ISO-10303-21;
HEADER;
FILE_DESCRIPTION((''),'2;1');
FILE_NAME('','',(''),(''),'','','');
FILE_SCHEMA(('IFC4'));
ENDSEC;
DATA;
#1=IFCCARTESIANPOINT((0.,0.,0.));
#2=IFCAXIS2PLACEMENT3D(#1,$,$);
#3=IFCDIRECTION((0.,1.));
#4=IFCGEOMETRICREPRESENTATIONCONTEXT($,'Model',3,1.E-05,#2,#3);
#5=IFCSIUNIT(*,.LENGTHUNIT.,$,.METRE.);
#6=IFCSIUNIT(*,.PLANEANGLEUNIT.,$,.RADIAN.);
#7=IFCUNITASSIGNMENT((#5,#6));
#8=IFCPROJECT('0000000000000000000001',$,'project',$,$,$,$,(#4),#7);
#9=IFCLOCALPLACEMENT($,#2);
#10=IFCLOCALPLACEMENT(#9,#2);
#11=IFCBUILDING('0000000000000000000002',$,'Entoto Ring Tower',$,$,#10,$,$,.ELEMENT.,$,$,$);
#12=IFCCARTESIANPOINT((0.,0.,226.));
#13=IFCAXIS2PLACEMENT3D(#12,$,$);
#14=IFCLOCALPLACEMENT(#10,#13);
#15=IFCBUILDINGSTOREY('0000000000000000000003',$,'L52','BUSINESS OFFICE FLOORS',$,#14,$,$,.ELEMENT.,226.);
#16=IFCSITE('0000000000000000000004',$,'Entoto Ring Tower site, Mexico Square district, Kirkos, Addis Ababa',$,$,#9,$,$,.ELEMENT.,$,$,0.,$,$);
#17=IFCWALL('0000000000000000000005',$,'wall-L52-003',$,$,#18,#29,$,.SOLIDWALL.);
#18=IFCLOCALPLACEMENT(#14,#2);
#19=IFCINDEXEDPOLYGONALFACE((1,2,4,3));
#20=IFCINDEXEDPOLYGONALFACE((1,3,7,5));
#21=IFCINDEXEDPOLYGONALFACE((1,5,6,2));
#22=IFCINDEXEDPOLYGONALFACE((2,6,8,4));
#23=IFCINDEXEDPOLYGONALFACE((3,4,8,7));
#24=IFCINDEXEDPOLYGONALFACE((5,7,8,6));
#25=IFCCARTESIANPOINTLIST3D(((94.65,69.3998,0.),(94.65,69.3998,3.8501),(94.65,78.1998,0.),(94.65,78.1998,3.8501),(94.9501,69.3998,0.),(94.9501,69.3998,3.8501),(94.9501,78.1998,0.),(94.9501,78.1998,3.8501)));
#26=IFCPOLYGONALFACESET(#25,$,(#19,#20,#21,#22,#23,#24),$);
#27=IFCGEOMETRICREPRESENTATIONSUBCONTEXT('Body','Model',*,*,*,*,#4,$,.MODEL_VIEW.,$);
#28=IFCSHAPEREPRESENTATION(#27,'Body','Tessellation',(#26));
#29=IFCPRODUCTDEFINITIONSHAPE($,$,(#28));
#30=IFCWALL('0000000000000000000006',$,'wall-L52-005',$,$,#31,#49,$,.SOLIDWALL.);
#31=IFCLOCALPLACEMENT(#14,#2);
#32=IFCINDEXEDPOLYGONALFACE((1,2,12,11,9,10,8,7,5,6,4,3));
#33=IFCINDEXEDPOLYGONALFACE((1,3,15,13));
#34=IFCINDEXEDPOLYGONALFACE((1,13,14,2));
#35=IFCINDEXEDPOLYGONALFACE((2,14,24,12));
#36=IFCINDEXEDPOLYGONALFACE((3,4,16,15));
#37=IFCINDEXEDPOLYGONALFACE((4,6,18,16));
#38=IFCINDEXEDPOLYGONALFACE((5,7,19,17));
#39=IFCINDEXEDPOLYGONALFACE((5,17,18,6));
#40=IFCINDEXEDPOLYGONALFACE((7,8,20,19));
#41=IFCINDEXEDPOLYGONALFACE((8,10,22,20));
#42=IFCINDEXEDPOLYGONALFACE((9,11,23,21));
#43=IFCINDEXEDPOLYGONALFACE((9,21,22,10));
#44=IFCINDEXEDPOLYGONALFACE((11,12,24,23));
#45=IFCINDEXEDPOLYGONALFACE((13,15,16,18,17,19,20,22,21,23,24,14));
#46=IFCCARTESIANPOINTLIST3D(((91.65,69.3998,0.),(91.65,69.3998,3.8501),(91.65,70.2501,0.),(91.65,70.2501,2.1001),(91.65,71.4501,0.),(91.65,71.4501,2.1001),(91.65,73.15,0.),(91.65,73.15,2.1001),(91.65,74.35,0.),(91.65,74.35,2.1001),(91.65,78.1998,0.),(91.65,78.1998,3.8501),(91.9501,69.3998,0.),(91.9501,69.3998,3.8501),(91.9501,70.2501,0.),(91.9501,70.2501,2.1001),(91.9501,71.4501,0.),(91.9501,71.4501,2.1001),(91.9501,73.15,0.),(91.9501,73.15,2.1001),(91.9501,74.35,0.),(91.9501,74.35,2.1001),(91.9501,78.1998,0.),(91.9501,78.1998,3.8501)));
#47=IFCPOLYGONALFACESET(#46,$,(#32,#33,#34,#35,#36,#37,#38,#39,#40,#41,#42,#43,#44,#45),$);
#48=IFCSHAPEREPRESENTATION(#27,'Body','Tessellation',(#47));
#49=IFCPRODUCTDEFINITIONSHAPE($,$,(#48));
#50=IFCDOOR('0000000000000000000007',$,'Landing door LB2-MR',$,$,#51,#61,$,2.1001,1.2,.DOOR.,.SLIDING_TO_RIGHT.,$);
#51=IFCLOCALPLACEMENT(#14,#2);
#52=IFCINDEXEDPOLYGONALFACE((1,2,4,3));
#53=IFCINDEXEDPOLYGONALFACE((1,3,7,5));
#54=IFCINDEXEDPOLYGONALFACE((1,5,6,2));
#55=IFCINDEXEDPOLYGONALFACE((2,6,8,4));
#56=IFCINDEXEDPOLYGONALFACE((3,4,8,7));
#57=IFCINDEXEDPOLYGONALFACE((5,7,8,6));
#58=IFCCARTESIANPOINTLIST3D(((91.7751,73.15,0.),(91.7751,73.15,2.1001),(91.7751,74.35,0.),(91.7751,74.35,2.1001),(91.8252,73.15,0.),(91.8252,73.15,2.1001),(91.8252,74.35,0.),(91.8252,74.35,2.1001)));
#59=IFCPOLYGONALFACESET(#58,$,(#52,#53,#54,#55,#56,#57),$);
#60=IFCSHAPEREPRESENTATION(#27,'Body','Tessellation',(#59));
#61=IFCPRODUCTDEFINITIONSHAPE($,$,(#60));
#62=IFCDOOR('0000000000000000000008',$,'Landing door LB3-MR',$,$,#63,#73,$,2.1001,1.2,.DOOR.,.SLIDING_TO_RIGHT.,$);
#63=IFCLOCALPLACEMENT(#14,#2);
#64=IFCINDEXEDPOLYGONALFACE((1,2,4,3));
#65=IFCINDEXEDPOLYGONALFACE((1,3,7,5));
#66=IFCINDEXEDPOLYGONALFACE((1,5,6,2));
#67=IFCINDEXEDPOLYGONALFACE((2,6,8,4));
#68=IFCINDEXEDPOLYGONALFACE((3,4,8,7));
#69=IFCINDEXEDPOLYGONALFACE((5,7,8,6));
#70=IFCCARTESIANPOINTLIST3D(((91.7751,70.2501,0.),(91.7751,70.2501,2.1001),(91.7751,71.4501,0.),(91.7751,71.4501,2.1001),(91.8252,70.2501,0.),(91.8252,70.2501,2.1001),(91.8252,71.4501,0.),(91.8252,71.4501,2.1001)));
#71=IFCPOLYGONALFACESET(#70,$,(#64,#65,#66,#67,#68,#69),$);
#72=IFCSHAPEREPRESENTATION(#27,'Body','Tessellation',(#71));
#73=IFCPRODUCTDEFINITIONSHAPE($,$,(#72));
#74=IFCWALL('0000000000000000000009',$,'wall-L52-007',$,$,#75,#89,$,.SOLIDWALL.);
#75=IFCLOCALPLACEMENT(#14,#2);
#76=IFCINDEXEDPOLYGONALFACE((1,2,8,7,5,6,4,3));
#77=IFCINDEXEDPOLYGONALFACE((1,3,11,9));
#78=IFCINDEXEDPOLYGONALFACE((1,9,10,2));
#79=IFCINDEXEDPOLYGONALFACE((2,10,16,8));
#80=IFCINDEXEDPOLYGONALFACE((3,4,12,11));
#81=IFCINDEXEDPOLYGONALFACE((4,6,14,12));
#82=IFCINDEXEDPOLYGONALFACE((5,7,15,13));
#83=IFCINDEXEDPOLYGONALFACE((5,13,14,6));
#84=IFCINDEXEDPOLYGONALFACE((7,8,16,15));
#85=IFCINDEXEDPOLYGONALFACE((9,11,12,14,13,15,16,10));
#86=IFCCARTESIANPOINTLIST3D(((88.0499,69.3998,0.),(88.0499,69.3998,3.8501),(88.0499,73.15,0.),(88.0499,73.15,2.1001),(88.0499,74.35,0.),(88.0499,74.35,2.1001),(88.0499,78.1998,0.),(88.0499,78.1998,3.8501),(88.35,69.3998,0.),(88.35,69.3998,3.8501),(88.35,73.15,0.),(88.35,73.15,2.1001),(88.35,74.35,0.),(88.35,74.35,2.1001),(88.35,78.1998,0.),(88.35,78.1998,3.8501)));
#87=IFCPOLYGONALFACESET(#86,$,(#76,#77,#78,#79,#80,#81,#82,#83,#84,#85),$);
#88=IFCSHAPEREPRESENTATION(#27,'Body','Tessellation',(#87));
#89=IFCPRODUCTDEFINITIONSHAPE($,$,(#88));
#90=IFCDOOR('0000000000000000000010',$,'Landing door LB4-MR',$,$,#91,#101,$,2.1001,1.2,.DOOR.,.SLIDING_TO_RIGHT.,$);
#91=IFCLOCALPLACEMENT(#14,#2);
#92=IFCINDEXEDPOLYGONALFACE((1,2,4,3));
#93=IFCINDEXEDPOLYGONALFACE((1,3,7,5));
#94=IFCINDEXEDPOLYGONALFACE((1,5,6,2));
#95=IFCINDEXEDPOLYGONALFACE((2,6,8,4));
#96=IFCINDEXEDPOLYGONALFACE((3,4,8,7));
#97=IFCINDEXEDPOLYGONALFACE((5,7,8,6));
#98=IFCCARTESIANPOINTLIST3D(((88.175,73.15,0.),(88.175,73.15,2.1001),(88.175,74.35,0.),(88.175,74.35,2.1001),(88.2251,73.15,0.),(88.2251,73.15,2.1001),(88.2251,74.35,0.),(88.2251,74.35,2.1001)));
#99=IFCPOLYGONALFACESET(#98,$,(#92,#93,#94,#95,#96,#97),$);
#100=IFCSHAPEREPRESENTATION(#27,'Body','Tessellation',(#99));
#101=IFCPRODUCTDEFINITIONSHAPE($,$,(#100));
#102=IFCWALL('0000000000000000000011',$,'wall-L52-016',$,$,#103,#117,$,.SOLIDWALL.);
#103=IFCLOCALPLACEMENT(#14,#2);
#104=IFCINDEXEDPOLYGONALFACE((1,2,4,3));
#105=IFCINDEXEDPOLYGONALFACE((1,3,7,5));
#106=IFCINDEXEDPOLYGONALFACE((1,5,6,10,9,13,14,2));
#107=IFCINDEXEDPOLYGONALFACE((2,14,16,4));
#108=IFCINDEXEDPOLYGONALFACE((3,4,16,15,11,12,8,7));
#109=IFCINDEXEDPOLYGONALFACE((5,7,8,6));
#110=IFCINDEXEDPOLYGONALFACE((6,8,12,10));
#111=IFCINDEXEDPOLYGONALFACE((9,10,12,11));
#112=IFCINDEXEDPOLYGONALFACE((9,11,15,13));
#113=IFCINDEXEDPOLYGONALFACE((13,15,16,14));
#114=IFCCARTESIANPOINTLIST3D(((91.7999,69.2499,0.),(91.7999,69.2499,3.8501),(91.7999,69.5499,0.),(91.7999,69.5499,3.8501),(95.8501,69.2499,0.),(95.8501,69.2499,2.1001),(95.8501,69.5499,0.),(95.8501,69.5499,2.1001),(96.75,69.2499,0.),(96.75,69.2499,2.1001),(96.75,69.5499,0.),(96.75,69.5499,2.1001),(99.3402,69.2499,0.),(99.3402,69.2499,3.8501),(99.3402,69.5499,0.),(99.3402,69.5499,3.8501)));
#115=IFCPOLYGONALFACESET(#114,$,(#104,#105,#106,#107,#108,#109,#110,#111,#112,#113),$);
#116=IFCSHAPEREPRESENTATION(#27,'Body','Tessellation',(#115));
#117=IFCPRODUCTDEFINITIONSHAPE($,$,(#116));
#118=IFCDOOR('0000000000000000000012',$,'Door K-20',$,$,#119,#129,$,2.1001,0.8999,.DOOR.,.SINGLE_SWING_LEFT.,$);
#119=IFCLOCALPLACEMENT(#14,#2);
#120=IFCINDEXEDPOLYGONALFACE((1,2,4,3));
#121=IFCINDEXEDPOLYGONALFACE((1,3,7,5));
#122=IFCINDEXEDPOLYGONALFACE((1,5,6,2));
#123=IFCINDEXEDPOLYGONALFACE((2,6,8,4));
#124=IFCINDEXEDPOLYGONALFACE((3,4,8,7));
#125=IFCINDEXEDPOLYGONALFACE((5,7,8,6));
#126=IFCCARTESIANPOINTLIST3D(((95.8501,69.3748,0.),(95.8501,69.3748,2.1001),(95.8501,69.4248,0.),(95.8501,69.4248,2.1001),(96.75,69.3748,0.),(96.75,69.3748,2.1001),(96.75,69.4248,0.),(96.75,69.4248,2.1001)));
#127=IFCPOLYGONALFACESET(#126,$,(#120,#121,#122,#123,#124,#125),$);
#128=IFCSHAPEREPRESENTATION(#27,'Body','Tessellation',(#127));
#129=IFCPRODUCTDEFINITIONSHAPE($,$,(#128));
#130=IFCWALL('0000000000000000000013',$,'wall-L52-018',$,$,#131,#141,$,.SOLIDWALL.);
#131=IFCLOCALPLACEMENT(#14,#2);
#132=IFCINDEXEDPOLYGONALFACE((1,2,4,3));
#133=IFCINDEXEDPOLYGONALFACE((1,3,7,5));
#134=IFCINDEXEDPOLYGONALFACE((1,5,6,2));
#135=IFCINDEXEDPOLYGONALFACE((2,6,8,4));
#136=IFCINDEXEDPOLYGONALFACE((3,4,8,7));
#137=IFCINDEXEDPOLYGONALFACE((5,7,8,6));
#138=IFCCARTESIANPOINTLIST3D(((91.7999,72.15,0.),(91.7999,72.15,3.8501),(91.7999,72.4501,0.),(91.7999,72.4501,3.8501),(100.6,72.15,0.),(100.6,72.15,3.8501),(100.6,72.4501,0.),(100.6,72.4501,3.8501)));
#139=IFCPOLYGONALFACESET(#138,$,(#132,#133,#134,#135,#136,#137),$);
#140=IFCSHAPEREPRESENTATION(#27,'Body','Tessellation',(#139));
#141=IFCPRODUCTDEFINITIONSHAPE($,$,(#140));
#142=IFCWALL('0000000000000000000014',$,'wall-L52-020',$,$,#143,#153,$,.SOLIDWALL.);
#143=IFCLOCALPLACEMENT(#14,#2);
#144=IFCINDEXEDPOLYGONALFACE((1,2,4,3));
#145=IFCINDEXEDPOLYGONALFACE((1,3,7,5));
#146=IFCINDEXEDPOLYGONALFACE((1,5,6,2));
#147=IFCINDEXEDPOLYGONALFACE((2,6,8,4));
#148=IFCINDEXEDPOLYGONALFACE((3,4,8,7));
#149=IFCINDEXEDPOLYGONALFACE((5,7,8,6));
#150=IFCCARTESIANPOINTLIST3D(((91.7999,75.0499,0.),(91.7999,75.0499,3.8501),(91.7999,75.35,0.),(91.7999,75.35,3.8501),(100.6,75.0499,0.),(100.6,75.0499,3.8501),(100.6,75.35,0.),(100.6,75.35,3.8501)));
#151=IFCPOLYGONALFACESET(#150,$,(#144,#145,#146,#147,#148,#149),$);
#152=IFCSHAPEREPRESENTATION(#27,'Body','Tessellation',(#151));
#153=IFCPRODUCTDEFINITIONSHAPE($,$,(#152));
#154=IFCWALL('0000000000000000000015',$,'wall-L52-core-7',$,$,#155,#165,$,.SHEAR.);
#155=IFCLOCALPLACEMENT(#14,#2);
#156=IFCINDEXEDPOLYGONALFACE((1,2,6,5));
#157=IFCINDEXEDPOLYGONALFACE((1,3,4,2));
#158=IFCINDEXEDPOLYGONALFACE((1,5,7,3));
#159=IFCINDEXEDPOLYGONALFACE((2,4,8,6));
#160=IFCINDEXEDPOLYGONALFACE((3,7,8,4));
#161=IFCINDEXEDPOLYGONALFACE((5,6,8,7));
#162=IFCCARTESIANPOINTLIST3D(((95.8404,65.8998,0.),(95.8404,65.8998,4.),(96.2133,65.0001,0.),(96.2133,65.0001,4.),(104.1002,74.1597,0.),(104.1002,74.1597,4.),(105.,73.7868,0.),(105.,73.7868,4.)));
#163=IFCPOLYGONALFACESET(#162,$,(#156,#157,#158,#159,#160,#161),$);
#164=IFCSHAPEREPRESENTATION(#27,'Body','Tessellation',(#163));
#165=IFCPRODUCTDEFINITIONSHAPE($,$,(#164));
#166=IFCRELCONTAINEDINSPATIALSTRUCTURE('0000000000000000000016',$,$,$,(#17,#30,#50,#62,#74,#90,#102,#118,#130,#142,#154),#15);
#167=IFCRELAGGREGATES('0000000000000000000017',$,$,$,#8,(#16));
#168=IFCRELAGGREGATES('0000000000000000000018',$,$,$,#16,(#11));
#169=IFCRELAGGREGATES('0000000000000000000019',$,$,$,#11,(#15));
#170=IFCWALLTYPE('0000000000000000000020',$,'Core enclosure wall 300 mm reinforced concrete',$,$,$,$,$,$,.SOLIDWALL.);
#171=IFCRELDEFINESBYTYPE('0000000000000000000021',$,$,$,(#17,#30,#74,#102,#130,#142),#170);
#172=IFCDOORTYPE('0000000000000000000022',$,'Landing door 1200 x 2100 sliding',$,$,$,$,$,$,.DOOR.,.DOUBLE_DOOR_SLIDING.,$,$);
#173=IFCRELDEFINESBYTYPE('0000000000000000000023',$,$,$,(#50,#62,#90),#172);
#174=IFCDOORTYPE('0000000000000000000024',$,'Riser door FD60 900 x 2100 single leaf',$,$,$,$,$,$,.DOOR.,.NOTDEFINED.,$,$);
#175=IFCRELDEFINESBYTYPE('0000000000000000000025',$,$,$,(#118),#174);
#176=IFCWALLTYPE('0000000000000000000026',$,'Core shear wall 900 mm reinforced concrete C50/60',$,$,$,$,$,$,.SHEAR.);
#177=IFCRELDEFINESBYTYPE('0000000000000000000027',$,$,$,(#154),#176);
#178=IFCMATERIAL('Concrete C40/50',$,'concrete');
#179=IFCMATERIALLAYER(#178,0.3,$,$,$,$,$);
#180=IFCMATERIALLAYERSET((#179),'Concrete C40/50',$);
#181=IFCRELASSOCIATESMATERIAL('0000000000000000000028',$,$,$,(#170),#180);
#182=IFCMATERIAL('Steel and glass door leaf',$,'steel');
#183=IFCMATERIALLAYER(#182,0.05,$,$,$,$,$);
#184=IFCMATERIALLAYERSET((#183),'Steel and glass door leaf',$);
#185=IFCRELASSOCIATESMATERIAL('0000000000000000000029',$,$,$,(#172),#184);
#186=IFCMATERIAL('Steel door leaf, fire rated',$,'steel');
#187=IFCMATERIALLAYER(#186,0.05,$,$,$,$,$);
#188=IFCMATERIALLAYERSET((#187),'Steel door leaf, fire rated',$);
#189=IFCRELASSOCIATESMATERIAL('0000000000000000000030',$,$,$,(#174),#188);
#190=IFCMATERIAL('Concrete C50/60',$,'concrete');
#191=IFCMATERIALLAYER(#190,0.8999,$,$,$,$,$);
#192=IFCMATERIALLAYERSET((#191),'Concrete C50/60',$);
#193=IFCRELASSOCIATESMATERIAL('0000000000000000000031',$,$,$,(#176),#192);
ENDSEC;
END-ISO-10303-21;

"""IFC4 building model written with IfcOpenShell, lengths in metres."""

from ifc_helpers import new_model, si_unit, direction, frame, frame_2d, origin, place, context, subcontext, project, spatial, polyline, rectangle, outline, extrude, material, layer, layer_set, type_object, element, fill, save


model = new_model("IFC4")

# Units and contexts
model_context = context("Model", 3, precision=1e-05, world=origin(), true_north=direction((0.0, 1.0)))
body_context = subcontext(model_context, "Body", "Model", "MODEL_VIEW")
ifc_project = project(units=[si_unit("LENGTHUNIT", "METRE"), si_unit("PLANEANGLEUNIT", "RADIAN")], contexts=[model_context])

# Site, building, storey
site_placement = place(None, origin())
site = spatial("IfcSite", under=ifc_project, at=site_placement, Name="Entoto Ring Tower site, Mexico Square district, Kirkos, Addis Ababa", CompositionType="ELEMENT", RefElevation=0.0)
building_placement = place(site_placement, origin())
building = spatial("IfcBuilding", under=site, at=building_placement, Name="Entoto Ring Tower", CompositionType="ELEMENT")
storey_placement = place(building_placement, frame((0.0, 0.0, 226.0)))
storey = spatial("IfcBuildingStorey", under=building, at=storey_placement, Name="L52", Description="BUSINESS OFFICE FLOORS", CompositionType="ELEMENT", Elevation=226.0)

# Wall
ifc_material_1 = material(Name="Concrete C40/50", Category="concrete")
ifc_layer_1 = layer(ifc_material_1, 0.3)
ifc_layer_set_1 = layer_set([ifc_layer_1], Name="Concrete C40/50")
wall_type_1 = type_object("IfcWallType", Name="Core enclosure wall 300 mm reinforced concrete", PredefinedType="SOLIDWALL", material=ifc_layer_set_1)
wall_1_placement = place(storey_placement, frame((94.8, 69.3999, 0.0), z_axis=(0.0, 0.0, 1.0), x_axis=(0.0, 1.0, 0.0)))
element("IfcWall", 1, at=wall_1_placement, inside=storey, type_object=wall_type_1, Name="wall-L52-003", PredefinedType="SOLIDWALL", context=body_context, shape_type="SweptSolid", body=[
    extrude(rectangle(XDim=8.8, YDim=0.3, at=frame_2d((4.3999, 0.0))), origin(), (0.0, 0.0, 1.0), 3.8501),
])

# Wall, openings, doors
wall_2_placement = place(storey_placement, frame((91.8, 69.3999, 0.0), z_axis=(0.0, 0.0, 1.0), x_axis=(0.0, 1.0, 0.0)))
wall_2 = element("IfcWall", 2, at=wall_2_placement, inside=storey, type_object=wall_type_1, Name="wall-L52-005", PredefinedType="SOLIDWALL", context=body_context, shape_type="SweptSolid", body=[
    extrude(rectangle(XDim=8.8, YDim=0.3, at=frame_2d((4.3999, 0.0))), origin(), (0.0, 0.0, 1.0), 3.8501),
])
opening_1_placement = place(wall_2_placement, frame((3.75, 0.0, 0.0)))
opening_1 = element("IfcOpeningElement", 3, at=opening_1_placement, cuts=wall_2, PredefinedType="OPENING", context=body_context, shape_type="SweptSolid", body=[
    extrude(rectangle(XDim=1.2, YDim=2.1001, at=frame_2d((0.6001, 1.05))), frame((0.0, 0.1602, 0.0), z_axis=(0.0, -1.0, 0.0), x_axis=(1.0, 0.0, 0.0)), (0.0, 0.0, 1.0), 0.3201),
])
opening_2_placement = place(wall_2_placement, frame((0.8501, 0.0, 0.0)))
opening_2 = element("IfcOpeningElement", 4, at=opening_2_placement, cuts=wall_2, PredefinedType="OPENING", context=body_context, shape_type="SweptSolid", body=[
    extrude(rectangle(XDim=1.2, YDim=2.1001, at=frame_2d((0.6001, 1.05))), frame((0.0, 0.1602, 0.0), z_axis=(0.0, -1.0, 0.0), x_axis=(1.0, 0.0, 0.0)), (0.0, 0.0, 1.0), 0.3201),
])
ifc_material_2 = material(Name="Steel and glass door leaf", Category="steel")
ifc_layer_2 = layer(ifc_material_2, 0.05)
ifc_layer_set_2 = layer_set([ifc_layer_2], Name="Steel and glass door leaf")
door_type_1 = type_object("IfcDoorType", Name="Landing door 1200 x 2100 sliding", OperationType="DOUBLE_DOOR_SLIDING", PredefinedType="DOOR", material=ifc_layer_set_2)
door_1_placement = place(opening_1_placement, origin())
door_1 = element("IfcDoor", 5, at=door_1_placement, inside=storey, type_object=door_type_1, Name="Landing door LB2-MR", OperationType="SLIDING_TO_RIGHT", OverallHeight=2.1001, OverallWidth=1.2, PredefinedType="DOOR", context=body_context, shape_type="SweptSolid", body=[
    extrude(rectangle(XDim=1.2, YDim=2.1001, at=frame_2d((0.6001, 1.05))), frame((0.0, 0.0249, 0.0), z_axis=(0.0, -1.0, 0.0), x_axis=(1.0, 0.0, 0.0)), (0.0, 0.0, 1.0), 0.05),
])
fill(opening_1, door_1)
door_2_placement = place(opening_2_placement, origin())
door_2 = element("IfcDoor", 6, at=door_2_placement, inside=storey, type_object=door_type_1, Name="Landing door LB3-MR", OperationType="SLIDING_TO_RIGHT", OverallHeight=2.1001, OverallWidth=1.2, PredefinedType="DOOR", context=body_context, shape_type="SweptSolid", body=[
    extrude(rectangle(XDim=1.2, YDim=2.1001, at=frame_2d((0.6001, 1.05))), frame((0.0, 0.0249, 0.0), z_axis=(0.0, -1.0, 0.0), x_axis=(1.0, 0.0, 0.0)), (0.0, 0.0, 1.0), 0.05),
])
fill(opening_2, door_2)

# Walls, openings, doors
wall_3_placement = place(storey_placement, frame((88.2, 69.3999, 0.0), z_axis=(0.0, 0.0, 1.0), x_axis=(0.0, 1.0, 0.0)))
wall_3 = element("IfcWall", 7, at=wall_3_placement, inside=storey, type_object=wall_type_1, Name="wall-L52-007", PredefinedType="SOLIDWALL", context=body_context, shape_type="SweptSolid", body=[
    extrude(rectangle(XDim=8.8, YDim=0.3, at=frame_2d((4.3999, 0.0))), origin(), (0.0, 0.0, 1.0), 3.8501),
])
opening_3_placement = place(wall_3_placement, frame((3.75, 0.0, 0.0)))
opening_3 = element("IfcOpeningElement", 8, at=opening_3_placement, cuts=wall_3, PredefinedType="OPENING", context=body_context, shape_type="SweptSolid", body=[
    extrude(rectangle(XDim=1.2, YDim=2.1001, at=frame_2d((0.6001, 1.05))), frame((0.0, 0.1602, 0.0), z_axis=(0.0, -1.0, 0.0), x_axis=(1.0, 0.0, 0.0)), (0.0, 0.0, 1.0), 0.3201),
])
door_3_placement = place(opening_3_placement, origin())
door_3 = element("IfcDoor", 9, at=door_3_placement, inside=storey, type_object=door_type_1, Name="Landing door LB4-MR", OperationType="SLIDING_TO_RIGHT", OverallHeight=2.1001, OverallWidth=1.2, PredefinedType="DOOR", context=body_context, shape_type="SweptSolid", body=[
    extrude(rectangle(XDim=1.2, YDim=2.1001, at=frame_2d((0.6001, 1.05))), frame((0.0, 0.0249, 0.0), z_axis=(0.0, -1.0, 0.0), x_axis=(1.0, 0.0, 0.0)), (0.0, 0.0, 1.0), 0.05),
])
fill(opening_3, door_3)
wall_4_placement = place(storey_placement, frame((91.8, 69.3999, 0.0), z_axis=(0.0, 0.0, 1.0), x_axis=(1.0, 0.0, 0.0)))
wall_4 = element("IfcWall", 10, at=wall_4_placement, inside=storey, type_object=wall_type_1, Name="wall-L52-016", PredefinedType="SOLIDWALL", context=body_context, shape_type="SweptSolid", body=[
    extrude(rectangle(XDim=7.5403, YDim=0.3, at=frame_2d((3.77, 0.0))), origin(), (0.0, 0.0, 1.0), 3.8501),
])
opening_4_placement = place(wall_4_placement, frame((4.05, 0.0, 0.0)))
opening_4 = element("IfcOpeningElement", 11, at=opening_4_placement, cuts=wall_4, PredefinedType="OPENING", context=body_context, shape_type="SweptSolid", body=[
    extrude(rectangle(XDim=0.8999, YDim=2.1001, at=frame_2d((0.45, 1.05))), frame((0.0, 0.1602, 0.0), z_axis=(0.0, -1.0, 0.0), x_axis=(1.0, 0.0, 0.0)), (0.0, 0.0, 1.0), 0.3201),
])
ifc_material_3 = material(Name="Steel door leaf, fire rated", Category="steel")
ifc_layer_3 = layer(ifc_material_3, 0.05)
ifc_layer_set_3 = layer_set([ifc_layer_3], Name="Steel door leaf, fire rated")
door_type_2 = type_object("IfcDoorType", Name="Riser door FD60 900 x 2100 single leaf", OperationType="NOTDEFINED", PredefinedType="DOOR", material=ifc_layer_set_3)
door_4_placement = place(opening_4_placement, origin())
door_4 = element("IfcDoor", 12, at=door_4_placement, inside=storey, type_object=door_type_2, Name="Door K-20", OperationType="SINGLE_SWING_LEFT", OverallHeight=2.1001, OverallWidth=0.8999, PredefinedType="DOOR", context=body_context, shape_type="SweptSolid", body=[
    extrude(rectangle(XDim=0.8999, YDim=2.1001, at=frame_2d((0.45, 1.05))), frame((0.0, 0.0249, 0.0), z_axis=(0.0, -1.0, 0.0), x_axis=(1.0, 0.0, 0.0)), (0.0, 0.0, 1.0), 0.05),
])
fill(opening_4, door_4)

# Walls
for number, where, z_axis, x_axis, name in (
    (13, (91.8, 72.3, 0.0), (0.0, 0.0, 1.0), (1.0, 0.0, 0.0), "wall-L52-018"),
    (14, (91.8, 75.2, 0.0), (0.0, 0.0, 1.0), (1.0, 0.0, 0.0), "wall-L52-020"),
):
    element("IfcWall", number, at=place(storey_placement, frame(where, z_axis=z_axis, x_axis=x_axis)), inside=storey, type_object=wall_type_1, Name=name, PredefinedType="SOLIDWALL", context=body_context, shape_type="SweptSolid", body=[
        extrude(rectangle(XDim=8.8, YDim=0.3, at=frame_2d((4.3999, 0.0))), origin(), (0.0, 0.0, 1.0), 3.8501),
    ])
ifc_material_4 = material(Name="Concrete C50/60", Category="concrete")
ifc_layer_4 = layer(ifc_material_4, 0.8999)
ifc_layer_set_4 = layer_set([ifc_layer_4], Name="Concrete C50/60")
wall_type_2 = type_object("IfcWallType", Name="Core shear wall 900 mm reinforced concrete C50/60", PredefinedType="SHEAR", material=ifc_layer_set_4)
wall_5_placement = place(storey_placement, frame((96.0269, 65.45, 0.0), z_axis=(0.0, 0.0, 1.0), x_axis=(0.707107, 0.707107, 0.0)))
element("IfcWall", 15, at=wall_5_placement, inside=storey, type_object=wall_type_2, Name="wall-L52-core-7", PredefinedType="SHEAR", context=body_context, shape_type="SweptSolid", body=[
    extrude(outline(polyline([(-0.1863, -0.45), (12.24, -0.45), (11.8674, 0.45), (0.1863, 0.45), (-0.1863, -0.45)])), origin(), (0.0, 0.0, 1.0), 4.0),
])

save(model, "model.ifc")
